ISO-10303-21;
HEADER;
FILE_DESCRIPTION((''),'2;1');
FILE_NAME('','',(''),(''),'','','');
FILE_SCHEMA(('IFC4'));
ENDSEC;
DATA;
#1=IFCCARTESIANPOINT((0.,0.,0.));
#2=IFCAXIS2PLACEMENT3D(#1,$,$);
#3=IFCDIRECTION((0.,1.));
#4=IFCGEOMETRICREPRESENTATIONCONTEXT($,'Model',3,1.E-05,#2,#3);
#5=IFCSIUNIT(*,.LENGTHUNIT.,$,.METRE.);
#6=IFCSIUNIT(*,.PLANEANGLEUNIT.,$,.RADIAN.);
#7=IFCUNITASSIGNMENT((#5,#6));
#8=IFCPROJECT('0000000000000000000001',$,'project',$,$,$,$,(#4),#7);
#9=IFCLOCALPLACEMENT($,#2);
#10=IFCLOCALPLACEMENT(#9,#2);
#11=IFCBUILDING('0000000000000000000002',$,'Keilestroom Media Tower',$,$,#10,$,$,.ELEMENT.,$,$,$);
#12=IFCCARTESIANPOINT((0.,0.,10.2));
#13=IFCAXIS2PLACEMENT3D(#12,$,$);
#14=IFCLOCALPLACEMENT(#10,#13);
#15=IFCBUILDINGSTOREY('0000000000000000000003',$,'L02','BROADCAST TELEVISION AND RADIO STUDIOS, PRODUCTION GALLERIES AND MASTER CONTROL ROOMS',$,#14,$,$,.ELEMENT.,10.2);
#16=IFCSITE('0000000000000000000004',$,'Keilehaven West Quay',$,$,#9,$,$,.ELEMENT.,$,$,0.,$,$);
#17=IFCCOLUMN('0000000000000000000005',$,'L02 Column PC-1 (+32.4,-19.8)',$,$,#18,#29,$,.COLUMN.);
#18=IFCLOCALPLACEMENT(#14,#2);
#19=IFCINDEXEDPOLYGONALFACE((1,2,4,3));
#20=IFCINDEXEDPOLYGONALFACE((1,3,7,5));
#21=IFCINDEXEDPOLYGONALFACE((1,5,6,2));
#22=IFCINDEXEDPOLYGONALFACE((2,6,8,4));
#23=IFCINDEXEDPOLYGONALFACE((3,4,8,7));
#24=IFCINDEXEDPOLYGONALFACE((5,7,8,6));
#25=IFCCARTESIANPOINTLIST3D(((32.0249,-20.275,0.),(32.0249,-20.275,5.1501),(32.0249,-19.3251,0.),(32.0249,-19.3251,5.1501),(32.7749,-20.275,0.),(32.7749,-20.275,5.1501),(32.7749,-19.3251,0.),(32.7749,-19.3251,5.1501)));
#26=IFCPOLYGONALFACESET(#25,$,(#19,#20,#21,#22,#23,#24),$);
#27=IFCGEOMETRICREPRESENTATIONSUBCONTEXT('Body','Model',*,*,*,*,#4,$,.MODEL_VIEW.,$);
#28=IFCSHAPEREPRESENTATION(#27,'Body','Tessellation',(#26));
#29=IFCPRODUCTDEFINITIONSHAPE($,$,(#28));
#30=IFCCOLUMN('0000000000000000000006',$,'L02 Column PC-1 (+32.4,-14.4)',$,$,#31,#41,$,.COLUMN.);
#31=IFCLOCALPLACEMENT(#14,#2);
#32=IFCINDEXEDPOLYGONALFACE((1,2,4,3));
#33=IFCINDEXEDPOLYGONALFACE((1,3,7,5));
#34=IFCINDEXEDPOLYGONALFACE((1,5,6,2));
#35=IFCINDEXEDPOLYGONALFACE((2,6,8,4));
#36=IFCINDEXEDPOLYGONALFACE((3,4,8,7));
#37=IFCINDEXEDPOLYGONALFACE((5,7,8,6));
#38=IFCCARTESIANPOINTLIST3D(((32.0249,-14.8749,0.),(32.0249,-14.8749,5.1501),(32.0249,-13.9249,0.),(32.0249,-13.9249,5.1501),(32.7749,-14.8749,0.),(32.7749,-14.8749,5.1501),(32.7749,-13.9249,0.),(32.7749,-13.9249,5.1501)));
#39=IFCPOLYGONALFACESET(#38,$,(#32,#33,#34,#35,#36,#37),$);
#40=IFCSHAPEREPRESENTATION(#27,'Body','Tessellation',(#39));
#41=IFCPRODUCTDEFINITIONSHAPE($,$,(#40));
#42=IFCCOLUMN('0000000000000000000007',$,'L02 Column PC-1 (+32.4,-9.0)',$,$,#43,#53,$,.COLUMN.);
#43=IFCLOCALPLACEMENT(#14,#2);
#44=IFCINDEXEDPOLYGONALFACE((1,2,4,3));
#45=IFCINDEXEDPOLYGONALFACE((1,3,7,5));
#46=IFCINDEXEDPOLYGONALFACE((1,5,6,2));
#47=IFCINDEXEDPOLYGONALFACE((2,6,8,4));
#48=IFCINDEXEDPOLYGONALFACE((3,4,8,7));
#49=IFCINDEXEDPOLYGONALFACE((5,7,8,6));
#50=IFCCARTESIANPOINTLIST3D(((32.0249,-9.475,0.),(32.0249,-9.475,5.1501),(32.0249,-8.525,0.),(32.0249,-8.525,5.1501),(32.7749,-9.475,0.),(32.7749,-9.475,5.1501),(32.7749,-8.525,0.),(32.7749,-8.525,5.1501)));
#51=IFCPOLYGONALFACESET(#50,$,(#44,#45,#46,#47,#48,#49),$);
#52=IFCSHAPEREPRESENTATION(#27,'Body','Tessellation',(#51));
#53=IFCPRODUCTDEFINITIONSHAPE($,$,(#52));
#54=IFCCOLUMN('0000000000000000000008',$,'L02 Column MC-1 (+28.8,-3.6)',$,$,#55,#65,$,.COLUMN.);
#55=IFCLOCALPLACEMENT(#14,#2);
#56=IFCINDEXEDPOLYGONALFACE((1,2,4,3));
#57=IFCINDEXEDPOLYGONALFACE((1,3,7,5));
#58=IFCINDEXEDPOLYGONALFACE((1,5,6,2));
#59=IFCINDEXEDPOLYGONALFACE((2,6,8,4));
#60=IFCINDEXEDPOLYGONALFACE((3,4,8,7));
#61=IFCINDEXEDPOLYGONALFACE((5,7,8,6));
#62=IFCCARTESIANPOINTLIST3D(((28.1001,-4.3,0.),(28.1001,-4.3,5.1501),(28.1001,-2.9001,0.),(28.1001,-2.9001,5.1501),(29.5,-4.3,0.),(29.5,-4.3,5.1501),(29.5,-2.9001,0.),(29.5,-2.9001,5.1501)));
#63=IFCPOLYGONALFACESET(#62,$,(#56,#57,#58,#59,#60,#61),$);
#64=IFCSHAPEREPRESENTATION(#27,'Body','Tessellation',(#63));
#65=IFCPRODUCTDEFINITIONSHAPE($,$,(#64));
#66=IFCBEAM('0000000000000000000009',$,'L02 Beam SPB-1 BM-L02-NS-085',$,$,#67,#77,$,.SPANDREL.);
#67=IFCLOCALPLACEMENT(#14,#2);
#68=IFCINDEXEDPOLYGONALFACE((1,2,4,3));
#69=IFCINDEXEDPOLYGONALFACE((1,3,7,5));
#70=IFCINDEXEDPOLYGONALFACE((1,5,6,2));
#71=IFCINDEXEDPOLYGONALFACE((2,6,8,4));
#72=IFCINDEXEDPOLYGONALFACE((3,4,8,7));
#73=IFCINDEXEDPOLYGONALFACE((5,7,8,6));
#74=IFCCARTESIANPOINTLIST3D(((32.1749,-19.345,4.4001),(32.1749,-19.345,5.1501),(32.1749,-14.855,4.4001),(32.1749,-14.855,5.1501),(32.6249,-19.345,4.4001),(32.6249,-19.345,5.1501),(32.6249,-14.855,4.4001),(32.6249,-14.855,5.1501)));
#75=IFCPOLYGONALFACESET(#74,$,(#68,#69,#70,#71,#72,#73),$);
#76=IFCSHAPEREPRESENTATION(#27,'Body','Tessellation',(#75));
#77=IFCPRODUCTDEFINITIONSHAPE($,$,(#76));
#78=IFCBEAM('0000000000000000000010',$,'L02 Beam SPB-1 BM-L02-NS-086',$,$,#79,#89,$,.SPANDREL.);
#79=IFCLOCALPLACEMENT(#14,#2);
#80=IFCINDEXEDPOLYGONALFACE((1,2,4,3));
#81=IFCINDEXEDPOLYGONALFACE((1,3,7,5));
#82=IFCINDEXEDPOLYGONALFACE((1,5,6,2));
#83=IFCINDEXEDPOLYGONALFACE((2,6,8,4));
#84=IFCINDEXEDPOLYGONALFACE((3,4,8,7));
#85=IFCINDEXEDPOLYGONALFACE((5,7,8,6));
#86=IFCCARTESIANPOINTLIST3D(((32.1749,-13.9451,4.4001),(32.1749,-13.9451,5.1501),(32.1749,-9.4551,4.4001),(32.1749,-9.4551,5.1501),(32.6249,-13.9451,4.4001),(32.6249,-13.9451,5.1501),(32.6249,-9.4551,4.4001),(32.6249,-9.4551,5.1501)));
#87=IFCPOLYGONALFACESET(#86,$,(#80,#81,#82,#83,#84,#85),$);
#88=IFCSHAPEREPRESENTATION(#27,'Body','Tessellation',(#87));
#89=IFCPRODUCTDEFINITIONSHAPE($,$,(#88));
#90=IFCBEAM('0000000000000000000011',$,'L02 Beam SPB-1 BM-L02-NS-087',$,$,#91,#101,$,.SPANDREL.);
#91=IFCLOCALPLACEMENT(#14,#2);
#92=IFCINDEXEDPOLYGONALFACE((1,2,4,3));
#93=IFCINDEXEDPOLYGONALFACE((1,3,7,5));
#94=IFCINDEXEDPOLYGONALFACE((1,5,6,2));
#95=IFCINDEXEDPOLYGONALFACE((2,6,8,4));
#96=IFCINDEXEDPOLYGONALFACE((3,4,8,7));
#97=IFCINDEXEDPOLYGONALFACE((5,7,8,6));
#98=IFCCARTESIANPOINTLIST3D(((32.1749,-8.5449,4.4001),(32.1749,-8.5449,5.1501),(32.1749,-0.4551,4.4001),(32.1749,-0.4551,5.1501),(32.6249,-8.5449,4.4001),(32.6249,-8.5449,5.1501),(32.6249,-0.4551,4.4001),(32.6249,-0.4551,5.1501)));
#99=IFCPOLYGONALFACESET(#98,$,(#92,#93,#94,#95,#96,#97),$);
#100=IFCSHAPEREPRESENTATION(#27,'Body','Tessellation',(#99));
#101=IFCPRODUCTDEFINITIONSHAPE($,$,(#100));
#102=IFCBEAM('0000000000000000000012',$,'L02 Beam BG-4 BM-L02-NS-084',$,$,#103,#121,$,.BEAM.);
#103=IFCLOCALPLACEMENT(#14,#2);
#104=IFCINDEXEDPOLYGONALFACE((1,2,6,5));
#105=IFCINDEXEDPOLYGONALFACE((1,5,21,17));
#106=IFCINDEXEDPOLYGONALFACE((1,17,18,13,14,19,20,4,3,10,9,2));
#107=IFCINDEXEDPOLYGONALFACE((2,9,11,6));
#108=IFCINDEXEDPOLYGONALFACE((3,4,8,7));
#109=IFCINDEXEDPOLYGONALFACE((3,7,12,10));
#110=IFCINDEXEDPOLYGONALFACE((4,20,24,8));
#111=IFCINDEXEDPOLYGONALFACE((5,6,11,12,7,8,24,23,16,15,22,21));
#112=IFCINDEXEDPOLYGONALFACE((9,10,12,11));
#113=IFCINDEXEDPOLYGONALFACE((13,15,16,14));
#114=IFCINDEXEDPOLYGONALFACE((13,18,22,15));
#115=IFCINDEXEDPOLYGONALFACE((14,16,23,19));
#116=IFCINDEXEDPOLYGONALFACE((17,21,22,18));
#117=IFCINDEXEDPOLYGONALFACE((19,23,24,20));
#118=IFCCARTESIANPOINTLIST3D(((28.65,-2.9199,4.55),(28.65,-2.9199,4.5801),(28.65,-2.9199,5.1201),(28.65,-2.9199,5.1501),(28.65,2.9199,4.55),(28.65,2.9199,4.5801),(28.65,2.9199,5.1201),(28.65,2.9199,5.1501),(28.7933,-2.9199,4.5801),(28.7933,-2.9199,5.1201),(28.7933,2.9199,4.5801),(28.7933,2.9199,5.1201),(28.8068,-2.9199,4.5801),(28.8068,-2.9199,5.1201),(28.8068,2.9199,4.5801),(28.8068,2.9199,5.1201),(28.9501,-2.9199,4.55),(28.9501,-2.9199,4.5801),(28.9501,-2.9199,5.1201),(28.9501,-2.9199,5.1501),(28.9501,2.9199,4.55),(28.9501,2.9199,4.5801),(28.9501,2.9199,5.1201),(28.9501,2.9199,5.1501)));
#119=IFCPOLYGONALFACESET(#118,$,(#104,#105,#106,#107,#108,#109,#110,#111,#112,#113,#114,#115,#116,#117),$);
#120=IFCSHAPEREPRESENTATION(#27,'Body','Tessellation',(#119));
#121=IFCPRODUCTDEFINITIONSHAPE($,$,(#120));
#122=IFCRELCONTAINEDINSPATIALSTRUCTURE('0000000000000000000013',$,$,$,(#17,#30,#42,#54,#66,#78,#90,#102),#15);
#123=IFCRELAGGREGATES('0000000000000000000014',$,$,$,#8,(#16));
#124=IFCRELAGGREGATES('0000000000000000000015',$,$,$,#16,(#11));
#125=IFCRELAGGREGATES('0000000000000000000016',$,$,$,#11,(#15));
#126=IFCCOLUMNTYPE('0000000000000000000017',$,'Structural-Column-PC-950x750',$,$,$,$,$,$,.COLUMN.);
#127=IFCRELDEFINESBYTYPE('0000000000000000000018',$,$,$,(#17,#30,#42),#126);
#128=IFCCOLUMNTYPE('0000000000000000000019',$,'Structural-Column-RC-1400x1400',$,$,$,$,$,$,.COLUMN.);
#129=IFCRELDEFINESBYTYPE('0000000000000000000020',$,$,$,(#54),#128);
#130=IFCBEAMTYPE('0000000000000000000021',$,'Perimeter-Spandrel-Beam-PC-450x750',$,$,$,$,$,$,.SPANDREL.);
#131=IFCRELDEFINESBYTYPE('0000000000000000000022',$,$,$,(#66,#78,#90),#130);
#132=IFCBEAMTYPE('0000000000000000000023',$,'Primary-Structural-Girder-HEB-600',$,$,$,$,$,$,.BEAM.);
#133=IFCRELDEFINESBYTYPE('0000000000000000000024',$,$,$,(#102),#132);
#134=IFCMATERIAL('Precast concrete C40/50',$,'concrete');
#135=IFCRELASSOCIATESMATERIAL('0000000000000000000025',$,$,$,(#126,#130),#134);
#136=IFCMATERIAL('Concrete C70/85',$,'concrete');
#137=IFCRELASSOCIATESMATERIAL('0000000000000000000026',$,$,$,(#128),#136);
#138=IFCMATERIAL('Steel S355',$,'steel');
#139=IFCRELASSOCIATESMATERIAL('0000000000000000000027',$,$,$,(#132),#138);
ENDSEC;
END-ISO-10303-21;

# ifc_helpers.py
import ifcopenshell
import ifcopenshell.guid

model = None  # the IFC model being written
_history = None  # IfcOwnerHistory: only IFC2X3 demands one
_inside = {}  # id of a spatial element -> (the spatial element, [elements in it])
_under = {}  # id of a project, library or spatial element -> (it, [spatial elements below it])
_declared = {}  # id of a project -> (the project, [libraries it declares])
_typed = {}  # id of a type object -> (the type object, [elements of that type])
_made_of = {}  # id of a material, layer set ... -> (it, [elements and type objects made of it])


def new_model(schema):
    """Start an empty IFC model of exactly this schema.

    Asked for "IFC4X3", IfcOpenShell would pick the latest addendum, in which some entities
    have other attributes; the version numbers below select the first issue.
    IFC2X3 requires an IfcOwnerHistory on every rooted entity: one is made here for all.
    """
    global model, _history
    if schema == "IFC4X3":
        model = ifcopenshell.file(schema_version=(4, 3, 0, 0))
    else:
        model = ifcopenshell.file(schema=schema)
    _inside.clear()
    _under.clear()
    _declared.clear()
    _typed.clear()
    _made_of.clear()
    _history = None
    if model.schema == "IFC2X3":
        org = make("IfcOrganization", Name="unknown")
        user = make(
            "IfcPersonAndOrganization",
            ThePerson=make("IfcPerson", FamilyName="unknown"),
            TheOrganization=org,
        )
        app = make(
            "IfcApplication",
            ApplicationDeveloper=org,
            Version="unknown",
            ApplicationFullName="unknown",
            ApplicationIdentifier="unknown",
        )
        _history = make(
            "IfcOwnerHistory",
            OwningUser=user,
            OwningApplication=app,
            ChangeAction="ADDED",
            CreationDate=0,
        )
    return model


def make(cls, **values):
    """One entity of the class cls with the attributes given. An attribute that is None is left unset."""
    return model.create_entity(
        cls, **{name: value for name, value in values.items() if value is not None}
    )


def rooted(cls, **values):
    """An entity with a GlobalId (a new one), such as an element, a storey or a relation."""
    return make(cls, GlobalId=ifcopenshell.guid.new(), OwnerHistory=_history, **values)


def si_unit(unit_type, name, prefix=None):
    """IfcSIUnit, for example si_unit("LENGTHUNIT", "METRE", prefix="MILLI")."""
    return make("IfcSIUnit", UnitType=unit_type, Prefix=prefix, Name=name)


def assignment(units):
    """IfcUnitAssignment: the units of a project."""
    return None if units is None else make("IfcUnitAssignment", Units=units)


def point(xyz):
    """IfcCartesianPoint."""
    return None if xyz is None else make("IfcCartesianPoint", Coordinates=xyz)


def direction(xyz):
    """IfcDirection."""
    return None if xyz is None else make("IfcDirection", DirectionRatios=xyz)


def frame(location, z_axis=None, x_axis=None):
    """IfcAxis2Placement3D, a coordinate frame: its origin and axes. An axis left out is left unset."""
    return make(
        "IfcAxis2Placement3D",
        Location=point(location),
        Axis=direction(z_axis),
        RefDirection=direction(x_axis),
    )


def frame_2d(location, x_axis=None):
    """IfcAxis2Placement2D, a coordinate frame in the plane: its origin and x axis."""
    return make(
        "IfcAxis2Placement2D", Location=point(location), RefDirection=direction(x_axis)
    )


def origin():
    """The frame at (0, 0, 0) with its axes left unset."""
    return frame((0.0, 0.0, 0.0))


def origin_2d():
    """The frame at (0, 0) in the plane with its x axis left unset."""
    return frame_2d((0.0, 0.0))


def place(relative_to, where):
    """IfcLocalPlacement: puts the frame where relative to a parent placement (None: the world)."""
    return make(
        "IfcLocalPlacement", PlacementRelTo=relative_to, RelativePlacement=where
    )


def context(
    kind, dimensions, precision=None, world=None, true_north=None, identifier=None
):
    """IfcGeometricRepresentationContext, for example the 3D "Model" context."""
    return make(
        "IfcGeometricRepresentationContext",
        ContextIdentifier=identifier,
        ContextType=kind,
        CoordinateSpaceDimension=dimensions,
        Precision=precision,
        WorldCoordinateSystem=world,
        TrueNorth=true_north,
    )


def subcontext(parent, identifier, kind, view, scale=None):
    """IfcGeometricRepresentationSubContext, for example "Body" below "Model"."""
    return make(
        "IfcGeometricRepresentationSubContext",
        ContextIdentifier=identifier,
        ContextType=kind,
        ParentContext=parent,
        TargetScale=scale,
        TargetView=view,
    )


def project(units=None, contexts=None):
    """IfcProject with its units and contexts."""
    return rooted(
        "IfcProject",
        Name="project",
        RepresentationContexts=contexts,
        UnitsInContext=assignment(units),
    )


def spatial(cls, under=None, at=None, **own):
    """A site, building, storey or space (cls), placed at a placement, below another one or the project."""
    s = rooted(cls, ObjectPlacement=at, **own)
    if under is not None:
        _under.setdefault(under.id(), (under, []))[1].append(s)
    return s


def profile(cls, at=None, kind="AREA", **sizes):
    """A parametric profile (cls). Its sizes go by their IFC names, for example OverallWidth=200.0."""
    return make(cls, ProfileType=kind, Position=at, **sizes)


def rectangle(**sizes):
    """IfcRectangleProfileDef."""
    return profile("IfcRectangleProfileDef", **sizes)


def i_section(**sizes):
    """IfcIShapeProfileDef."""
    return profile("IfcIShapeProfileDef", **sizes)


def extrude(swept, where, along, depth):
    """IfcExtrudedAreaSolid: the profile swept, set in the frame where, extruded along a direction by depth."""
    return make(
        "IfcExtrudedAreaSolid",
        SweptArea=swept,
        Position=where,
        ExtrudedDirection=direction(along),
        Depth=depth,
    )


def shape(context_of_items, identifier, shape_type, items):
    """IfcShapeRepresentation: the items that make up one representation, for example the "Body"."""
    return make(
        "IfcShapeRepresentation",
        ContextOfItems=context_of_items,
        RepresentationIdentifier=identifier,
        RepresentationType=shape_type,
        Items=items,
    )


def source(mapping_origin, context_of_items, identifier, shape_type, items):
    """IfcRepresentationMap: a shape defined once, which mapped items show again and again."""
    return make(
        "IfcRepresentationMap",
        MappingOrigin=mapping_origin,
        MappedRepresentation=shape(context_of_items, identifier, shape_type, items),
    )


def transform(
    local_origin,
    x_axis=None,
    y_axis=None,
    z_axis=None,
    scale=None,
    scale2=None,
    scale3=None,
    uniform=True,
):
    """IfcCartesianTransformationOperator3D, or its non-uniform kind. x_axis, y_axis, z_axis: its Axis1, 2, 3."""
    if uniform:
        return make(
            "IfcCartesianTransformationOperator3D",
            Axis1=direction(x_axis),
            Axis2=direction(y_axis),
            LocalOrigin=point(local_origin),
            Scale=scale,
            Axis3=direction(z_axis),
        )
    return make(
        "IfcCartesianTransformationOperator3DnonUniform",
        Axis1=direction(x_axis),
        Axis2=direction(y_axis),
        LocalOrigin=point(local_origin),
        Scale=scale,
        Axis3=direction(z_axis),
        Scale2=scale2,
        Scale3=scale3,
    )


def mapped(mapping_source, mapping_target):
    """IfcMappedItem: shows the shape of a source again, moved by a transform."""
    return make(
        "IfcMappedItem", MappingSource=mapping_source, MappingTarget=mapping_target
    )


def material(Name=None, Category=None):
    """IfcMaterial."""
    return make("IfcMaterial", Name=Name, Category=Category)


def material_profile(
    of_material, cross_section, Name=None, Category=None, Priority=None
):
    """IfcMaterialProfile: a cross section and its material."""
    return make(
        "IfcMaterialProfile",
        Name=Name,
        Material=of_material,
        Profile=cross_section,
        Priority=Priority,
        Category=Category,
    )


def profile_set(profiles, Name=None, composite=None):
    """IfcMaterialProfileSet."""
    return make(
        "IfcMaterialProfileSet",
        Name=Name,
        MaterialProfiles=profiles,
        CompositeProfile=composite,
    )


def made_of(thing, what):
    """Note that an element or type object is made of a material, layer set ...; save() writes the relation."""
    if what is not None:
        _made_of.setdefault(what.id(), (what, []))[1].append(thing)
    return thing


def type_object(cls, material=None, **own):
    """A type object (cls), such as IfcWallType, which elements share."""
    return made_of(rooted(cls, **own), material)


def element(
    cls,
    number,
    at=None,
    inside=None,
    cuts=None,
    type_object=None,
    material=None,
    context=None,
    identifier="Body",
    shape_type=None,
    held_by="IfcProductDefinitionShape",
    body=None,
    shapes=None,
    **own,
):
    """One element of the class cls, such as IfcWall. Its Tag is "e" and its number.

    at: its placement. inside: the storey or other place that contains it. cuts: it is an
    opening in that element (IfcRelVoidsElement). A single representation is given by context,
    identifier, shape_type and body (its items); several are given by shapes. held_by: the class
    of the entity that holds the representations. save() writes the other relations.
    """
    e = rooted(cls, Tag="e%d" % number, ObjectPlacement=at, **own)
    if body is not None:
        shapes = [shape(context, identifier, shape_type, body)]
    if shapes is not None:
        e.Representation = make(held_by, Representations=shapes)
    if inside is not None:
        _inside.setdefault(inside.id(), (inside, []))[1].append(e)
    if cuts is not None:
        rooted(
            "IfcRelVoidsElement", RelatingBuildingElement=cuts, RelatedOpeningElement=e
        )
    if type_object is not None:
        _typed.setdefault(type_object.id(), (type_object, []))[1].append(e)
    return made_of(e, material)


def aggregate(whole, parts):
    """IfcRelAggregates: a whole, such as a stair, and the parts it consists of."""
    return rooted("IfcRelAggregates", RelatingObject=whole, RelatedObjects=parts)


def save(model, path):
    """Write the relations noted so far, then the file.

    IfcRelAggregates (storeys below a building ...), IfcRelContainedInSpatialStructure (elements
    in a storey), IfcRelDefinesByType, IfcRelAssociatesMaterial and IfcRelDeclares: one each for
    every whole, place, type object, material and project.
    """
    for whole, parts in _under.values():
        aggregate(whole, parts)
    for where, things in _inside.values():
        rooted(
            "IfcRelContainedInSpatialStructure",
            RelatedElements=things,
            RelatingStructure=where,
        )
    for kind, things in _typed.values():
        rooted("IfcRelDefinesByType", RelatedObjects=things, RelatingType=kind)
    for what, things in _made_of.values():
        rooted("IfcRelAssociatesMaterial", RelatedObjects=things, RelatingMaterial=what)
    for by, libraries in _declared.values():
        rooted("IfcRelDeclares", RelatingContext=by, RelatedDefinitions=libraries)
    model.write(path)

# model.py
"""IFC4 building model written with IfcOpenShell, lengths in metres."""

from ifc_helpers import new_model, si_unit, direction, frame, origin, origin_2d, place, context, subcontext, project, spatial, rectangle, i_section, extrude, source, transform, mapped, material, material_profile, profile_set, type_object, element, save


model = new_model("IFC4")

# Units and contexts
model_context = context("Model", 3, precision=1e-05, world=origin(), true_north=direction((0.0, 1.0)))
body_context = subcontext(model_context, "Body", "Model", "MODEL_VIEW")
ifc_project = project(units=[si_unit("LENGTHUNIT", "METRE"), si_unit("PLANEANGLEUNIT", "RADIAN")], contexts=[model_context])

# Site, building, storey
site_placement = place(None, origin())
site = spatial("IfcSite", under=ifc_project, at=site_placement, Name="Keilehaven West Quay", CompositionType="ELEMENT", RefElevation=0.0)
building_placement = place(site_placement, origin())
building = spatial("IfcBuilding", under=site, at=building_placement, Name="Keilestroom Media Tower", CompositionType="ELEMENT")
storey_placement = place(building_placement, frame((0.0, 0.0, 10.2)))
storey = spatial("IfcBuildingStorey", under=building, at=storey_placement, Name="L02", Description="BROADCAST TELEVISION AND RADIO STUDIOS, PRODUCTION GALLERIES AND MASTER CONTROL ROOMS", CompositionType="ELEMENT", Elevation=10.2)

# Columns
ifc_material_1 = material(Name="Precast concrete C40/50", Category="concrete")
ifc_material_profile_1 = material_profile(ifc_material_1, rectangle(XDim=0.75, YDim=0.95, at=origin_2d()), Name="PC 950x750")
ifc_profile_set_1 = profile_set([ifc_material_profile_1], Name="Precast concrete C40/50")
column_type_1 = type_object("IfcColumnType", Name="Structural-Column-PC-950x750", PredefinedType="COLUMN", material=ifc_profile_set_1)
shared_shape_1 = source(origin(), body_context, "Body", "SweptSolid", [
    extrude(rectangle(XDim=0.75, YDim=0.95, at=origin_2d()), origin(), (0.0, 0.0, 1.0), 5.1501),
])
for number, where, z_axis, x_axis, name in (
    (1, (32.3999, -19.8, 0.0), (0.0, 0.0, 1.0), (1.0, 0.0, 0.0), "L02 Column PC-1 (+32.4,-19.8)"),
    (2, (32.3999, -14.3999, 0.0), (0.0, 0.0, 1.0), (1.0, 0.0, 0.0), "L02 Column PC-1 (+32.4,-14.4)"),
    (3, (32.3999, -9.0, 0.0), (0.0, 0.0, 1.0), (1.0, 0.0, 0.0), "L02 Column PC-1 (+32.4,-9.0)"),
):
    element("IfcColumn", number, at=place(storey_placement, frame(where, z_axis=z_axis, x_axis=x_axis)), inside=storey, type_object=column_type_1, Name=name, PredefinedType="COLUMN", context=body_context, shape_type="MappedRepresentation", body=[
        mapped(shared_shape_1, transform((0.0, 0.0, 0.0), x_axis=(1.0, 0.0, 0.0), y_axis=(0.0, 1.0, 0.0), z_axis=(0.0, 0.0, 1.0), scale=1.0)),
    ])
ifc_material_2 = material(Name="Concrete C70/85", Category="concrete")
ifc_material_profile_2 = material_profile(ifc_material_2, rectangle(XDim=1.3999, YDim=1.3999, at=origin_2d()), Name="RC 1400x1400")
ifc_profile_set_2 = profile_set([ifc_material_profile_2], Name="Concrete C70/85")
column_type_2 = type_object("IfcColumnType", Name="Structural-Column-RC-1400x1400", PredefinedType="COLUMN", material=ifc_profile_set_2)
shared_shape_2 = source(origin(), body_context, "Body", "SweptSolid", [
    extrude(rectangle(XDim=1.3999, YDim=1.3999, at=origin_2d()), origin(), (0.0, 0.0, 1.0), 5.1501),
])
column_placement = place(storey_placement, frame((28.8, -3.6001, 0.0), z_axis=(0.0, 0.0, 1.0), x_axis=(1.0, 0.0, 0.0)))
element("IfcColumn", 4, at=column_placement, inside=storey, type_object=column_type_2, Name="L02 Column MC-1 (+28.8,-3.6)", PredefinedType="COLUMN", context=body_context, shape_type="MappedRepresentation", body=[
    mapped(shared_shape_2, transform((0.0, 0.0, 0.0), x_axis=(1.0, 0.0, 0.0), y_axis=(0.0, 1.0, 0.0), z_axis=(0.0, 0.0, 1.0), scale=1.0)),
])

# Beams
ifc_material_profile_3 = material_profile(ifc_material_1, rectangle(XDim=0.45, YDim=0.75, at=origin_2d()), Name="PC 450x750")
ifc_profile_set_3 = profile_set([ifc_material_profile_3], Name="Precast concrete C40/50")
beam_type_1 = type_object("IfcBeamType", Name="Perimeter-Spandrel-Beam-PC-450x750", PredefinedType="SPANDREL", material=ifc_profile_set_3)
shared_shape_3 = source(origin(), body_context, "Body", "SweptSolid", [
    extrude(rectangle(XDim=0.45, YDim=0.75, at=origin_2d()), origin(), (0.0, 0.0, 1.0), 4.49),
])
for number, where, z_axis, x_axis, name in (
    (5, (32.3999, -19.345, 4.7751), (0.0, 1.0, 0.0), (-1.0, 0.0, 0.0), "L02 Beam SPB-1 BM-L02-NS-085"),
    (6, (32.3999, -13.9451, 4.7751), (0.0, 1.0, 0.0), (-1.0, 0.0, 0.0), "L02 Beam SPB-1 BM-L02-NS-086"),
):
    element("IfcBeam", number, at=place(storey_placement, frame(where, z_axis=z_axis, x_axis=x_axis)), inside=storey, type_object=beam_type_1, Name=name, PredefinedType="SPANDREL", context=body_context, shape_type="MappedRepresentation", body=[
        mapped(shared_shape_3, transform((0.0, 0.0, 0.0), x_axis=(1.0, 0.0, 0.0), y_axis=(0.0, 1.0, 0.0), z_axis=(0.0, 0.0, 1.0), scale=1.0)),
    ])
shared_shape_4 = source(origin(), body_context, "Body", "SweptSolid", [
    extrude(rectangle(XDim=0.45, YDim=0.75, at=origin_2d()), origin(), (0.0, 0.0, 1.0), 8.0898),
])
beam_1_placement = place(storey_placement, frame((32.3999, -8.5449, 4.7751), z_axis=(0.0, 1.0, 0.0), x_axis=(-1.0, 0.0, 0.0)))
element("IfcBeam", 7, at=beam_1_placement, inside=storey, type_object=beam_type_1, Name="L02 Beam SPB-1 BM-L02-NS-087", PredefinedType="SPANDREL", context=body_context, shape_type="MappedRepresentation", body=[
    mapped(shared_shape_4, transform((0.0, 0.0, 0.0), x_axis=(1.0, 0.0, 0.0), y_axis=(0.0, 1.0, 0.0), z_axis=(0.0, 0.0, 1.0), scale=1.0)),
])
ifc_material_3 = material(Name="Steel S355", Category="steel")
ifc_material_profile_4 = material_profile(ifc_material_3, i_section(OverallWidth=0.3, OverallDepth=0.6001, WebThickness=0.0134, FlangeThickness=0.03, at=origin_2d()), Name="HEB 600")
ifc_profile_set_4 = profile_set([ifc_material_profile_4], Name="Steel S355")
beam_type_2 = type_object("IfcBeamType", Name="Primary-Structural-Girder-HEB-600", PredefinedType="BEAM", material=ifc_profile_set_4)
shared_shape_5 = source(origin(), body_context, "Body", "SweptSolid", [
    extrude(i_section(OverallWidth=0.3, OverallDepth=0.6001, WebThickness=0.0134, FlangeThickness=0.03, at=origin_2d()), origin(), (0.0, 0.0, 1.0), 5.8398),
])
beam_2_placement = place(storey_placement, frame((28.8, -2.9199, 4.8501), z_axis=(0.0, 1.0, 0.0), x_axis=(-1.0, 0.0, 0.0)))
element("IfcBeam", 8, at=beam_2_placement, inside=storey, type_object=beam_type_2, Name="L02 Beam BG-4 BM-L02-NS-084", PredefinedType="BEAM", context=body_context, shape_type="MappedRepresentation", body=[
    mapped(shared_shape_5, transform((0.0, 0.0, 0.0), x_axis=(1.0, 0.0, 0.0), y_axis=(0.0, 1.0, 0.0), z_axis=(0.0, 0.0, 1.0), scale=1.0)),
])

save(model, "model.ifc")
